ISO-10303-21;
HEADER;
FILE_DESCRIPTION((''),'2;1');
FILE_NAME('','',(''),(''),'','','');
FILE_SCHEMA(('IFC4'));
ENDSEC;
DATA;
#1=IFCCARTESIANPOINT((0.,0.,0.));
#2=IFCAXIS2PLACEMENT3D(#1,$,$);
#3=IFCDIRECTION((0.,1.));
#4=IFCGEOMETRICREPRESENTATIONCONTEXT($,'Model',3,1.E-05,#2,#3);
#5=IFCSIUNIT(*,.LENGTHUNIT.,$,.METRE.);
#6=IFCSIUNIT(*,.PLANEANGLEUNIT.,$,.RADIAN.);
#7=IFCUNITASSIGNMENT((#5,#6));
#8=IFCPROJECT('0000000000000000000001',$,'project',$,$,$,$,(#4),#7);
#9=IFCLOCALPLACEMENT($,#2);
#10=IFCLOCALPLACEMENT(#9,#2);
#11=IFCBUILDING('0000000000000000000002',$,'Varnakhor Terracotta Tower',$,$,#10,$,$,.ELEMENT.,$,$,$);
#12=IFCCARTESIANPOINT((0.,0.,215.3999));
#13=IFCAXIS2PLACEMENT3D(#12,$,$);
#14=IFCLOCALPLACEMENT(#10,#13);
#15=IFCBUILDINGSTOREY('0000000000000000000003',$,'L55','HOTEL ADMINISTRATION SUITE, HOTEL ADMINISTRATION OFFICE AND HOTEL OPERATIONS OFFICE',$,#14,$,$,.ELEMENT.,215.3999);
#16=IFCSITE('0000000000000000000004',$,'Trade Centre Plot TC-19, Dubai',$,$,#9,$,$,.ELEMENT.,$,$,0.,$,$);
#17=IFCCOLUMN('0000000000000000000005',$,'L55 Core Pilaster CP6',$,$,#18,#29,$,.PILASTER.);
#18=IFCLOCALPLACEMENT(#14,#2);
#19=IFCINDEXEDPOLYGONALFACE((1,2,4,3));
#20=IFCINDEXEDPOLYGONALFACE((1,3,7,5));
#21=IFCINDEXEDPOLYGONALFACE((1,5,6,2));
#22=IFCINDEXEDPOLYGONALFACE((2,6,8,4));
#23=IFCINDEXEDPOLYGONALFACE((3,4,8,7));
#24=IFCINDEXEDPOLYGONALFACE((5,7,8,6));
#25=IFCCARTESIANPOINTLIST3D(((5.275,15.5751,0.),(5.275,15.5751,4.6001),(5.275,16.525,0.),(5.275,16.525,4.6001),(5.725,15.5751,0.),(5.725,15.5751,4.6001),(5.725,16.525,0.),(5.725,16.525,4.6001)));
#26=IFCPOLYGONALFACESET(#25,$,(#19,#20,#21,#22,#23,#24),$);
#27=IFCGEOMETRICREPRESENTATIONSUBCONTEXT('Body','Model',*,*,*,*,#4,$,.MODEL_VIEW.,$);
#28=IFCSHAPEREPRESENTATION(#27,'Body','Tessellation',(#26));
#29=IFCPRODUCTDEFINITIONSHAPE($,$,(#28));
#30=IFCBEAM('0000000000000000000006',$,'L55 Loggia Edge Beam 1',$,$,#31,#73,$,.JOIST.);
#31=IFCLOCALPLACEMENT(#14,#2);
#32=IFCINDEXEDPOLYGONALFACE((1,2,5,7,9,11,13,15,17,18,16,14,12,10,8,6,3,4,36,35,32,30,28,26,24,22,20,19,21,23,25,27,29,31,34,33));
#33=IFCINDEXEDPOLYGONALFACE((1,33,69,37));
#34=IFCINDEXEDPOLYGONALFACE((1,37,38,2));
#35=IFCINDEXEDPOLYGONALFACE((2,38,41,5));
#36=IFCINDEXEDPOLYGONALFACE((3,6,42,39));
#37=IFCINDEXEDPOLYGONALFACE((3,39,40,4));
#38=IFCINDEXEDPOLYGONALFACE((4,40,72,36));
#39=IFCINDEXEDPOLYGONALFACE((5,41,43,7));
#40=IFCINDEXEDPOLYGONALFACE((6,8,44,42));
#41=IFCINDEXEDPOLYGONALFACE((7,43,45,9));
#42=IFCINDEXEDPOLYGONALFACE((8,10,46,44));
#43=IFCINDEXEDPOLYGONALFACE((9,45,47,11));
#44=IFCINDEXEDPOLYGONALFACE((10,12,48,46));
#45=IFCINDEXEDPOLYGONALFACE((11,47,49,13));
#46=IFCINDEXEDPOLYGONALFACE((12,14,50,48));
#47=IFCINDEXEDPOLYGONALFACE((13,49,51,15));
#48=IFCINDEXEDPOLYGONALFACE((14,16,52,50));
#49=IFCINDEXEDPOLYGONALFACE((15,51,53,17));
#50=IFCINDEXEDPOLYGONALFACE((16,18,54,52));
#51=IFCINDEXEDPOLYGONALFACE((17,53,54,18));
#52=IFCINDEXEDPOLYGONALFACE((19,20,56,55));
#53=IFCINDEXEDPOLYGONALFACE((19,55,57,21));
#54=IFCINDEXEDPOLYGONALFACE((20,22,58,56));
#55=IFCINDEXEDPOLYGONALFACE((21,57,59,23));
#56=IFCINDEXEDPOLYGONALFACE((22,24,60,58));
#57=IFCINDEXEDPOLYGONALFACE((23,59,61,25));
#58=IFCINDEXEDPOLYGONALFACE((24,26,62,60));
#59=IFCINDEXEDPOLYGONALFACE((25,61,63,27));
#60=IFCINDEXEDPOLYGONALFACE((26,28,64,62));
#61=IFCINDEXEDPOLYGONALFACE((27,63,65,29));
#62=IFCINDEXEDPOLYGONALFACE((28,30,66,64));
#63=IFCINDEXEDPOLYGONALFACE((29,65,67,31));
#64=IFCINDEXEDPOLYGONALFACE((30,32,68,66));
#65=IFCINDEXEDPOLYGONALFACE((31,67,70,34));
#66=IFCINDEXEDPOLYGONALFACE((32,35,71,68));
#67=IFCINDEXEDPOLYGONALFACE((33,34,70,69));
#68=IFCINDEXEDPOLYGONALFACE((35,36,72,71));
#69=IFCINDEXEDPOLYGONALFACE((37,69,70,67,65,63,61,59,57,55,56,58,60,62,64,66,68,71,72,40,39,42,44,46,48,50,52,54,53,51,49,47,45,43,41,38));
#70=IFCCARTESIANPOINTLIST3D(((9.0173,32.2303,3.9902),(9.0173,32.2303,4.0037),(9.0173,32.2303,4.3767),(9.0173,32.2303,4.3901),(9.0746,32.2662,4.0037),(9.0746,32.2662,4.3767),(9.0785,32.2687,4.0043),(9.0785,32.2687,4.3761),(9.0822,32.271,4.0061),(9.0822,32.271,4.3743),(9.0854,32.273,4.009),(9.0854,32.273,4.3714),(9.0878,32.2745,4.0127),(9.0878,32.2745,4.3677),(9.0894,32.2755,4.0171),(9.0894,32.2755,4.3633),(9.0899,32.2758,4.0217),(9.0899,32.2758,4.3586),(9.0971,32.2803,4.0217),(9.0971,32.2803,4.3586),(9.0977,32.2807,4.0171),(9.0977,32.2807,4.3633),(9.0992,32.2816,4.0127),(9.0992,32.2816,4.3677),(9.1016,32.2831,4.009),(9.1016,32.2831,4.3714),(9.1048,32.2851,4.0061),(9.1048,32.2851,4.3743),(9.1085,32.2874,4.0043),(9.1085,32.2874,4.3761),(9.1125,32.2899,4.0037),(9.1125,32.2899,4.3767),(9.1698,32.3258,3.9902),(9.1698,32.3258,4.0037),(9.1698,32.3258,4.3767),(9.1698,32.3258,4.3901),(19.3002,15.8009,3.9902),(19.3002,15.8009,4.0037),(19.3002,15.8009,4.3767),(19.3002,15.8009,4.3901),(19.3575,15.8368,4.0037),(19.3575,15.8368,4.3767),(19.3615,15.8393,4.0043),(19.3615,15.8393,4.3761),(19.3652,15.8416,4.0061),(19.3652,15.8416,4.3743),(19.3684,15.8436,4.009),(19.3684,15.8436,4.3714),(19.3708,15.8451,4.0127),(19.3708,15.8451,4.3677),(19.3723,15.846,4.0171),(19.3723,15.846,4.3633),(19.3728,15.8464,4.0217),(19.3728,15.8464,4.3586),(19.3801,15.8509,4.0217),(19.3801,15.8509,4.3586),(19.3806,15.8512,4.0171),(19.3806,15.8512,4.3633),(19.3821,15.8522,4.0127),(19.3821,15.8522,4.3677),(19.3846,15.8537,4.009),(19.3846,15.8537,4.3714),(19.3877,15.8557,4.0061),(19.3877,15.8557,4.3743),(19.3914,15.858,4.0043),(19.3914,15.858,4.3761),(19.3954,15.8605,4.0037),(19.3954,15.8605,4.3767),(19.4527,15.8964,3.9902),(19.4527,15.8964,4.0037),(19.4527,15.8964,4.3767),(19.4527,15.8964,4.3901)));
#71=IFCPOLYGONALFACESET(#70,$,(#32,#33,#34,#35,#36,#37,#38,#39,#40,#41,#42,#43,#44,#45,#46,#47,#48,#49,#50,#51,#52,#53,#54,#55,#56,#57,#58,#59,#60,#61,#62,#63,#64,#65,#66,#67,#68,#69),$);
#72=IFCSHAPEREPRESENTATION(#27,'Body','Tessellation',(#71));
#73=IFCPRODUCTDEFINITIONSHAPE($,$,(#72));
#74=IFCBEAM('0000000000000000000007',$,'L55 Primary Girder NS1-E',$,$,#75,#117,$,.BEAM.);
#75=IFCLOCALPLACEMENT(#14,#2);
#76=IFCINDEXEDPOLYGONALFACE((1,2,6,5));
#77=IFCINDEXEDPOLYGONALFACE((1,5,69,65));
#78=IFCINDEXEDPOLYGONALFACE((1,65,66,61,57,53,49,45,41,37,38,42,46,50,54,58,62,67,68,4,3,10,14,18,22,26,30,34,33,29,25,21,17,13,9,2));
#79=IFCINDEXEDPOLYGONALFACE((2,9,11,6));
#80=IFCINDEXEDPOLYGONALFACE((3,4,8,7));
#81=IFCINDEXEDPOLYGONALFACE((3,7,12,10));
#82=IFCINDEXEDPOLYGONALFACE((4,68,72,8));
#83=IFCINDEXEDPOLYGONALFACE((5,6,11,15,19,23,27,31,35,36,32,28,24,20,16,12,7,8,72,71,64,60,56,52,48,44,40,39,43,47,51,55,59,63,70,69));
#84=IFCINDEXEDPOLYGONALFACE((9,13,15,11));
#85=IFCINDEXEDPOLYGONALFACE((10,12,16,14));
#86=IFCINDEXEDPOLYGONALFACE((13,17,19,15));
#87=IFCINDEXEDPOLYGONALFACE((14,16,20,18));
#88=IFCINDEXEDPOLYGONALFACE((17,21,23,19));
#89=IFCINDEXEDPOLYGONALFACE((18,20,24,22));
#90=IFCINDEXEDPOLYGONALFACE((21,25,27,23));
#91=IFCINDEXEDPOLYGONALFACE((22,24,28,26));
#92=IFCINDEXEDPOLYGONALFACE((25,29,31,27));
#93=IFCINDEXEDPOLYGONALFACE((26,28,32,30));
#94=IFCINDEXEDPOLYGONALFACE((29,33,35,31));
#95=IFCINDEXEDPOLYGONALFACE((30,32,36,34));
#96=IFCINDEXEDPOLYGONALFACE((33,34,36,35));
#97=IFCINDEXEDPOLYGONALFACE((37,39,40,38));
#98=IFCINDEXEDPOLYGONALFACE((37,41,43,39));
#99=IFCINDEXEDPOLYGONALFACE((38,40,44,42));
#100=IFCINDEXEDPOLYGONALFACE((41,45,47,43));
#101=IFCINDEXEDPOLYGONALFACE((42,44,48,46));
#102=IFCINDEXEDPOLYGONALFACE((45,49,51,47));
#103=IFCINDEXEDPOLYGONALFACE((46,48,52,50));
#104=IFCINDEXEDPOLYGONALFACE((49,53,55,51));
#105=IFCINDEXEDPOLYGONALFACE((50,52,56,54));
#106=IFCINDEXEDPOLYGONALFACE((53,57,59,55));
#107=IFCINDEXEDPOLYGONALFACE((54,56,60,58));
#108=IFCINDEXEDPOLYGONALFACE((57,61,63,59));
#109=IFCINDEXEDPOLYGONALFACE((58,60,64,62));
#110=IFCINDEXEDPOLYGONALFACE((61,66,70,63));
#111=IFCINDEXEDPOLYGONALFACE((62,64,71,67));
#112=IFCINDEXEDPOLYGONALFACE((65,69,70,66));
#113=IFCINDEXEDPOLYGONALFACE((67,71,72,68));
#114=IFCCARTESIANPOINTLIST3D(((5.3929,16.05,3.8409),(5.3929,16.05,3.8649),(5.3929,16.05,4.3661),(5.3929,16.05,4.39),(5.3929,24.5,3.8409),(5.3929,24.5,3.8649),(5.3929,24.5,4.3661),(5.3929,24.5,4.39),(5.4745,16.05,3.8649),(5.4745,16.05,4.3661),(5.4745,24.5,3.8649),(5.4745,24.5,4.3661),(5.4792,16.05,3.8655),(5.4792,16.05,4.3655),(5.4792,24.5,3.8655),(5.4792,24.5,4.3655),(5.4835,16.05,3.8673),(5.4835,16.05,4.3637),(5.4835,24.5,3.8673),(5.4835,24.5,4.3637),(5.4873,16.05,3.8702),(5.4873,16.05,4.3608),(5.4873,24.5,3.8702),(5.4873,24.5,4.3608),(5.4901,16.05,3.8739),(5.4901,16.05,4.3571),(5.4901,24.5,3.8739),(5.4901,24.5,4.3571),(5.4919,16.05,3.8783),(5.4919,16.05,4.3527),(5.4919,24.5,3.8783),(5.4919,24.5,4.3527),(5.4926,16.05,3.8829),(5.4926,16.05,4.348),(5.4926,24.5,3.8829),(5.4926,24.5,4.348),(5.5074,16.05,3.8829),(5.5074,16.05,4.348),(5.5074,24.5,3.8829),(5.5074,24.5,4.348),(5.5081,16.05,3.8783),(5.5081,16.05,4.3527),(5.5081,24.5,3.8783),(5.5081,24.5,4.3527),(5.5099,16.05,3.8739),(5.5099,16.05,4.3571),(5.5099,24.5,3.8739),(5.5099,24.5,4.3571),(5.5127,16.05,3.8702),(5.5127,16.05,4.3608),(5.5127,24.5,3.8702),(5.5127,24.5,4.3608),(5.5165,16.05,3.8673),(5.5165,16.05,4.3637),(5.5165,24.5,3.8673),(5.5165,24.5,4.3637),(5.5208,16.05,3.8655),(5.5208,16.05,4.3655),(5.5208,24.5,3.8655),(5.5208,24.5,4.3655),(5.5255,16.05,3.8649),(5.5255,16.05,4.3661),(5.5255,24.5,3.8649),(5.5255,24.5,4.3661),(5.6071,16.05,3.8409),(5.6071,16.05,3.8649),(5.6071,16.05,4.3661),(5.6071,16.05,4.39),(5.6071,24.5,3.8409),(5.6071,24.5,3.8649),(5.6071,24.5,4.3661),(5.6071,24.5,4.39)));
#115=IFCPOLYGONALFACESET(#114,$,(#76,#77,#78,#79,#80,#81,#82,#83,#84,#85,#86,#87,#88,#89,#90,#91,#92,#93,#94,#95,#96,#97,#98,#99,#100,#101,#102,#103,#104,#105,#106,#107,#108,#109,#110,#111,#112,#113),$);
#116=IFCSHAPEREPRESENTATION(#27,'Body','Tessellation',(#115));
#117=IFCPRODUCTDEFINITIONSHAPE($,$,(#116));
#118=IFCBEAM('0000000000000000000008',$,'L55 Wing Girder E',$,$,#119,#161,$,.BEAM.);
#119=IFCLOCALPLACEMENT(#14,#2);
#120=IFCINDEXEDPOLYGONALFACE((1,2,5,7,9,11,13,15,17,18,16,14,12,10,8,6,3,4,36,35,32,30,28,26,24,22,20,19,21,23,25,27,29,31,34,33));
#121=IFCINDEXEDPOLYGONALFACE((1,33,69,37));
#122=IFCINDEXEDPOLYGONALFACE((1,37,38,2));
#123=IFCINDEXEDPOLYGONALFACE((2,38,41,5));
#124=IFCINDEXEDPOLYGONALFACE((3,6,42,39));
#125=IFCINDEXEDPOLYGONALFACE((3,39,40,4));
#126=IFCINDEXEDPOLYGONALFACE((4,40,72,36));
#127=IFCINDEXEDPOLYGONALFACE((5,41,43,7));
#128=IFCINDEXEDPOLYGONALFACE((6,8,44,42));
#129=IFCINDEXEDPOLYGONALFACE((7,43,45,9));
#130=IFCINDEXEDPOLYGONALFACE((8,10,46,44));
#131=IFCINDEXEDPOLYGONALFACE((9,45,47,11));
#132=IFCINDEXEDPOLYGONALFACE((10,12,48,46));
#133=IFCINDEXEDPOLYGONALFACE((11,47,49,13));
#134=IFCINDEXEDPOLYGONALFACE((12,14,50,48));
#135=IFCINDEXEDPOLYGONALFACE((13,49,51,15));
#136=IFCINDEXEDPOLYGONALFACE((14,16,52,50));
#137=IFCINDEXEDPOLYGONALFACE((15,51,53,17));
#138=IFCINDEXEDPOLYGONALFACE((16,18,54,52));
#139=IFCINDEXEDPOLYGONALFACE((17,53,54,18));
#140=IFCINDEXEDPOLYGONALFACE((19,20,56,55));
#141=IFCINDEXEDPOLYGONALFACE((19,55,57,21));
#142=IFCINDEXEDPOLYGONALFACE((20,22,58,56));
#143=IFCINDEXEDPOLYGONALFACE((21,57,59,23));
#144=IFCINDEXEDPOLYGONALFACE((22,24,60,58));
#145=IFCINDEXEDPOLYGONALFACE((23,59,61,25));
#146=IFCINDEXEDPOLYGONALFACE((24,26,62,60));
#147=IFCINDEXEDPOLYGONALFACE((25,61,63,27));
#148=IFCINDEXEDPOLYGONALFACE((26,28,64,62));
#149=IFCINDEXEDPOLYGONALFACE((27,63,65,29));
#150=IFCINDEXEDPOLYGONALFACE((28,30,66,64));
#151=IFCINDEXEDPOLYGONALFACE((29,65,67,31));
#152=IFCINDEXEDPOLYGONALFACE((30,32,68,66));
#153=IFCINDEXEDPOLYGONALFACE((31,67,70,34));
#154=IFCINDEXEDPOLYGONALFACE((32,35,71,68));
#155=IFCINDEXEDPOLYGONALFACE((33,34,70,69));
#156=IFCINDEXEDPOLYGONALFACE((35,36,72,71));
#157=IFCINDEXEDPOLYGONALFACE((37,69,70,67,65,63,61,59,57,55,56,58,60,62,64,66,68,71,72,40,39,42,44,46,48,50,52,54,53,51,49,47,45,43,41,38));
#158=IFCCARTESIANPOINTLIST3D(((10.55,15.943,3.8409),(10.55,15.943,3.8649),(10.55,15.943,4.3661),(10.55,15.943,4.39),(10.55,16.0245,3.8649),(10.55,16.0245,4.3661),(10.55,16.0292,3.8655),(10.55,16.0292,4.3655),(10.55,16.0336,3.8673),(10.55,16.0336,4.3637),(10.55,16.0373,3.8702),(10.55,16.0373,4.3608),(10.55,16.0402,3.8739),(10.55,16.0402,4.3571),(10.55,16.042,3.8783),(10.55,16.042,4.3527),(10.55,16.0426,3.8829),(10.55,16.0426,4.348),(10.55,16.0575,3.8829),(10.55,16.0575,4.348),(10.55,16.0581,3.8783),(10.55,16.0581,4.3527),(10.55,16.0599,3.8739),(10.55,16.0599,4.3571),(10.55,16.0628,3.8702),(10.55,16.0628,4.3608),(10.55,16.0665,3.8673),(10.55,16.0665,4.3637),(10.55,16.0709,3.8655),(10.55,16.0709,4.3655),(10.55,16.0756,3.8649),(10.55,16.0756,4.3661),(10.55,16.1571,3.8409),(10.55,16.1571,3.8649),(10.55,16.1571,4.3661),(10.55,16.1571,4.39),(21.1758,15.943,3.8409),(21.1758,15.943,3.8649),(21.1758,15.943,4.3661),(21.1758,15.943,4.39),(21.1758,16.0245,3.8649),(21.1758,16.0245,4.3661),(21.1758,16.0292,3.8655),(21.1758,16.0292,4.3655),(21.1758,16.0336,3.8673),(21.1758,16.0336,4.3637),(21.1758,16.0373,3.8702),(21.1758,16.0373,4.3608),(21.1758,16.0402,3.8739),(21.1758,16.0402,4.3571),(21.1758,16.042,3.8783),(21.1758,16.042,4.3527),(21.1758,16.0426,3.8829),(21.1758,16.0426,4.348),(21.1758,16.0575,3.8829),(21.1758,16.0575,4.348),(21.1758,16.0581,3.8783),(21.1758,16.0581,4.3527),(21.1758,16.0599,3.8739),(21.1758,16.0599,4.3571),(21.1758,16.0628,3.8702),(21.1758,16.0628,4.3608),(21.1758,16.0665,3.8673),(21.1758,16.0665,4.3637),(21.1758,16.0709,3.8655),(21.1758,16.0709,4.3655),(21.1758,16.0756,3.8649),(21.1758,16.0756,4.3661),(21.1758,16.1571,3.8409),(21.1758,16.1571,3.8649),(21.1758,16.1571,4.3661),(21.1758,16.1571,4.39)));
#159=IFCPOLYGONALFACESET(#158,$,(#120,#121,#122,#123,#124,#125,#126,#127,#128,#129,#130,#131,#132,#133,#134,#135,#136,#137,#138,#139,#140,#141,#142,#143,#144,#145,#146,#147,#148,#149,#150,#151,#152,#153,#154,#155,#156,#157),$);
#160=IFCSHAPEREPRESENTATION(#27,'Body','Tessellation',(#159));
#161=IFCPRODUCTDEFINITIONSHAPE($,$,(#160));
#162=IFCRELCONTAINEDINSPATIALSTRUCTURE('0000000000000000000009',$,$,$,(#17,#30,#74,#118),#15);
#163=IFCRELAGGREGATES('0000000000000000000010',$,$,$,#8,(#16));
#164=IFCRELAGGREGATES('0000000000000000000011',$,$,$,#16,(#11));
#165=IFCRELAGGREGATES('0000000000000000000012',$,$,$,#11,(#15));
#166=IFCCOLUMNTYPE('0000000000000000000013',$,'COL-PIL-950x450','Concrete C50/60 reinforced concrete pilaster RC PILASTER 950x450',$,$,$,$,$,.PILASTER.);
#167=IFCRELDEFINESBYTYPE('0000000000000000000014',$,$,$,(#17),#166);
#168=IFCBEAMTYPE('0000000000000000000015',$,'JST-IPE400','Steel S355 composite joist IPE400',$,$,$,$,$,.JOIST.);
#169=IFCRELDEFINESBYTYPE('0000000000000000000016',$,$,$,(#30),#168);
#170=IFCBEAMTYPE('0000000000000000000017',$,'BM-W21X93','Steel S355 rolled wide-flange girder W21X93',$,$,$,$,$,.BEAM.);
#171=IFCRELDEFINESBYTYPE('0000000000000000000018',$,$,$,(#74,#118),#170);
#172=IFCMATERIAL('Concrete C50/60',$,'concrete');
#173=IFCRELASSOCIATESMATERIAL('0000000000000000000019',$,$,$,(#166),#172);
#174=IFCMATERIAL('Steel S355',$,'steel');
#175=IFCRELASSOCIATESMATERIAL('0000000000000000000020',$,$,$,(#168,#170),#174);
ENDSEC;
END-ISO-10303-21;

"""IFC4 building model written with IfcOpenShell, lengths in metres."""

from ifc_helpers import new_model, si_unit, direction, frame, origin, origin_2d, place, context, subcontext, project, spatial, rectangle, i_section, extrude, source, transform, mapped, material, material_profile, profile_set, type_object, type_shapes, element, save


model = new_model("IFC4")

# Units and contexts
model_context = context("Model", 3, precision=1e-05, world=origin(), true_north=direction((0.0, 1.0)))
body_context = subcontext(model_context, "Body", "Model", "MODEL_VIEW")
ifc_project = project(units=[si_unit("LENGTHUNIT", "METRE"), si_unit("PLANEANGLEUNIT", "RADIAN")], contexts=[model_context])

# Site, building, storey
site_placement = place(None, origin())
site = spatial("IfcSite", under=ifc_project, at=site_placement, Name="Trade Centre Plot TC-19, Dubai", CompositionType="ELEMENT", RefElevation=0.0)
building_placement = place(site_placement, origin())
building = spatial("IfcBuilding", under=site, at=building_placement, Name="Varnakhor Terracotta Tower", CompositionType="ELEMENT")
storey_placement = place(building_placement, frame((0.0, 0.0, 215.3999)))
storey = spatial("IfcBuildingStorey", under=building, at=storey_placement, Name="L55", Description="HOTEL ADMINISTRATION SUITE, HOTEL ADMINISTRATION OFFICE AND HOTEL OPERATIONS OFFICE", CompositionType="ELEMENT", Elevation=215.3999)

# Column
ifc_material_1 = material(Name="Concrete C50/60", Category="concrete")
ifc_material_profile_1 = material_profile(ifc_material_1, rectangle(XDim=0.45, YDim=0.95, at=origin_2d()), Name="RC PILASTER 950x450")
ifc_profile_set_1 = profile_set([ifc_material_profile_1], Name="Concrete C50/60")
column_type = type_object("IfcColumnType", Name="COL-PIL-950x450", Description="Concrete C50/60 reinforced concrete pilaster RC PILASTER 950x450", PredefinedType="PILASTER", material=ifc_profile_set_1)
shared_shape_1 = source(origin(), body_context, "Body", "SweptSolid", [
    extrude(rectangle(XDim=0.45, YDim=0.95, at=origin_2d()), origin(), (0.0, 0.0, 1.0), 4.6001),
])
column_placement = place(storey_placement, frame((5.5, 16.05, 0.0), z_axis=(0.0, 0.0, 1.0), x_axis=(1.0, 0.0, 0.0)))
element("IfcColumn", 1, at=column_placement, inside=storey, type_object=column_type, Name="L55 Core Pilaster CP6", PredefinedType="PILASTER", context=body_context, shape_type="MappedRepresentation", body=[
    mapped(shared_shape_1, transform((0.0, 0.0, 0.0), scale=1.0)),
])

# Beams
ifc_material_2 = material(Name="Steel S355", Category="steel")
ifc_material_profile_2 = material_profile(ifc_material_2, i_section(OverallWidth=0.1799, OverallDepth=0.3999, WebThickness=0.0085, FlangeThickness=0.0134, FilletRadius=0.0181, at=origin_2d()), Name="IPE400")
ifc_profile_set_2 = profile_set([ifc_material_profile_2], Name="Steel S355")
beam_type_1 = type_object("IfcBeamType", Name="JST-IPE400", Description="Steel S355 composite joist IPE400", PredefinedType="JOIST", material=ifc_profile_set_2)
shared_shape_2 = source(origin(), body_context, "Body", "SweptSolid", [
    extrude(i_section(OverallWidth=0.1799, OverallDepth=0.3999, WebThickness=0.0085, FlangeThickness=0.0134, FilletRadius=0.0181, at=origin_2d()), origin(), (0.0, 0.0, 1.0), 19.3821),
])
beam_1_placement = place(storey_placement, frame((19.3765, 15.8486, 4.1902), z_axis=(-0.530539, 0.847661, 0.0), x_axis=(-0.847661, -0.530539, 0.0)))
element("IfcBeam", 2, at=beam_1_placement, inside=storey, type_object=beam_type_1, Name="L55 Loggia Edge Beam 1", PredefinedType="JOIST", context=body_context, shape_type="MappedRepresentation", body=[
    mapped(shared_shape_2, transform((0.0, 0.0, 0.0), scale=1.0)),
])
ifc_material_profile_3 = material_profile(ifc_material_2, i_section(OverallWidth=0.2141, OverallDepth=0.5491, WebThickness=0.0149, FlangeThickness=0.0239, FilletRadius=0.0181, at=origin_2d()), Name="W21X93")
ifc_profile_set_3 = profile_set([ifc_material_profile_3], Name="Steel S355")
beam_type_2 = type_object("IfcBeamType", Name="BM-W21X93", Description="Steel S355 rolled wide-flange girder W21X93", PredefinedType="BEAM", material=ifc_profile_set_3)
shared_shape_3 = source(origin(), body_context, "Body", "SweptSolid", [
    extrude(i_section(OverallWidth=0.2141, OverallDepth=0.5491, WebThickness=0.0149, FlangeThickness=0.0239, FilletRadius=0.0181, at=origin_2d()), origin(), (0.0, 0.0, 1.0), 8.45),
])
type_shapes(beam_type_2, [shared_shape_3])
beam_2_placement = place(storey_placement, frame((5.5, 16.05, 4.1155), z_axis=(0.0, 1.0, 0.0), x_axis=(-1.0, 0.0, 0.0)))
element("IfcBeam", 3, at=beam_2_placement, inside=storey, type_object=beam_type_2, Name="L55 Primary Girder NS1-E", PredefinedType="BEAM", context=body_context, shape_type="MappedRepresentation", body=[
    mapped(shared_shape_3, transform((0.0, 0.0, 0.0), scale=1.0)),
])
shared_shape_4 = source(origin(), body_context, "Body", "SweptSolid", [
    extrude(i_section(OverallWidth=0.2141, OverallDepth=0.5491, WebThickness=0.0149, FlangeThickness=0.0239, FilletRadius=0.0181, at=origin_2d()), origin(), (0.0, 0.0, 1.0), 10.6257),
])
beam_3_placement = place(storey_placement, frame((10.55, 16.05, 4.1155), z_axis=(1.0, 0.0, 0.0), x_axis=(0.0, 1.0, 0.0)))
element("IfcBeam", 4, at=beam_3_placement, inside=storey, type_object=beam_type_2, Name="L55 Wing Girder E", PredefinedType="BEAM", context=body_context, shape_type="MappedRepresentation", body=[
    mapped(shared_shape_4, transform((0.0, 0.0, 0.0), scale=1.0)),
])

save(model, "model.ifc")
